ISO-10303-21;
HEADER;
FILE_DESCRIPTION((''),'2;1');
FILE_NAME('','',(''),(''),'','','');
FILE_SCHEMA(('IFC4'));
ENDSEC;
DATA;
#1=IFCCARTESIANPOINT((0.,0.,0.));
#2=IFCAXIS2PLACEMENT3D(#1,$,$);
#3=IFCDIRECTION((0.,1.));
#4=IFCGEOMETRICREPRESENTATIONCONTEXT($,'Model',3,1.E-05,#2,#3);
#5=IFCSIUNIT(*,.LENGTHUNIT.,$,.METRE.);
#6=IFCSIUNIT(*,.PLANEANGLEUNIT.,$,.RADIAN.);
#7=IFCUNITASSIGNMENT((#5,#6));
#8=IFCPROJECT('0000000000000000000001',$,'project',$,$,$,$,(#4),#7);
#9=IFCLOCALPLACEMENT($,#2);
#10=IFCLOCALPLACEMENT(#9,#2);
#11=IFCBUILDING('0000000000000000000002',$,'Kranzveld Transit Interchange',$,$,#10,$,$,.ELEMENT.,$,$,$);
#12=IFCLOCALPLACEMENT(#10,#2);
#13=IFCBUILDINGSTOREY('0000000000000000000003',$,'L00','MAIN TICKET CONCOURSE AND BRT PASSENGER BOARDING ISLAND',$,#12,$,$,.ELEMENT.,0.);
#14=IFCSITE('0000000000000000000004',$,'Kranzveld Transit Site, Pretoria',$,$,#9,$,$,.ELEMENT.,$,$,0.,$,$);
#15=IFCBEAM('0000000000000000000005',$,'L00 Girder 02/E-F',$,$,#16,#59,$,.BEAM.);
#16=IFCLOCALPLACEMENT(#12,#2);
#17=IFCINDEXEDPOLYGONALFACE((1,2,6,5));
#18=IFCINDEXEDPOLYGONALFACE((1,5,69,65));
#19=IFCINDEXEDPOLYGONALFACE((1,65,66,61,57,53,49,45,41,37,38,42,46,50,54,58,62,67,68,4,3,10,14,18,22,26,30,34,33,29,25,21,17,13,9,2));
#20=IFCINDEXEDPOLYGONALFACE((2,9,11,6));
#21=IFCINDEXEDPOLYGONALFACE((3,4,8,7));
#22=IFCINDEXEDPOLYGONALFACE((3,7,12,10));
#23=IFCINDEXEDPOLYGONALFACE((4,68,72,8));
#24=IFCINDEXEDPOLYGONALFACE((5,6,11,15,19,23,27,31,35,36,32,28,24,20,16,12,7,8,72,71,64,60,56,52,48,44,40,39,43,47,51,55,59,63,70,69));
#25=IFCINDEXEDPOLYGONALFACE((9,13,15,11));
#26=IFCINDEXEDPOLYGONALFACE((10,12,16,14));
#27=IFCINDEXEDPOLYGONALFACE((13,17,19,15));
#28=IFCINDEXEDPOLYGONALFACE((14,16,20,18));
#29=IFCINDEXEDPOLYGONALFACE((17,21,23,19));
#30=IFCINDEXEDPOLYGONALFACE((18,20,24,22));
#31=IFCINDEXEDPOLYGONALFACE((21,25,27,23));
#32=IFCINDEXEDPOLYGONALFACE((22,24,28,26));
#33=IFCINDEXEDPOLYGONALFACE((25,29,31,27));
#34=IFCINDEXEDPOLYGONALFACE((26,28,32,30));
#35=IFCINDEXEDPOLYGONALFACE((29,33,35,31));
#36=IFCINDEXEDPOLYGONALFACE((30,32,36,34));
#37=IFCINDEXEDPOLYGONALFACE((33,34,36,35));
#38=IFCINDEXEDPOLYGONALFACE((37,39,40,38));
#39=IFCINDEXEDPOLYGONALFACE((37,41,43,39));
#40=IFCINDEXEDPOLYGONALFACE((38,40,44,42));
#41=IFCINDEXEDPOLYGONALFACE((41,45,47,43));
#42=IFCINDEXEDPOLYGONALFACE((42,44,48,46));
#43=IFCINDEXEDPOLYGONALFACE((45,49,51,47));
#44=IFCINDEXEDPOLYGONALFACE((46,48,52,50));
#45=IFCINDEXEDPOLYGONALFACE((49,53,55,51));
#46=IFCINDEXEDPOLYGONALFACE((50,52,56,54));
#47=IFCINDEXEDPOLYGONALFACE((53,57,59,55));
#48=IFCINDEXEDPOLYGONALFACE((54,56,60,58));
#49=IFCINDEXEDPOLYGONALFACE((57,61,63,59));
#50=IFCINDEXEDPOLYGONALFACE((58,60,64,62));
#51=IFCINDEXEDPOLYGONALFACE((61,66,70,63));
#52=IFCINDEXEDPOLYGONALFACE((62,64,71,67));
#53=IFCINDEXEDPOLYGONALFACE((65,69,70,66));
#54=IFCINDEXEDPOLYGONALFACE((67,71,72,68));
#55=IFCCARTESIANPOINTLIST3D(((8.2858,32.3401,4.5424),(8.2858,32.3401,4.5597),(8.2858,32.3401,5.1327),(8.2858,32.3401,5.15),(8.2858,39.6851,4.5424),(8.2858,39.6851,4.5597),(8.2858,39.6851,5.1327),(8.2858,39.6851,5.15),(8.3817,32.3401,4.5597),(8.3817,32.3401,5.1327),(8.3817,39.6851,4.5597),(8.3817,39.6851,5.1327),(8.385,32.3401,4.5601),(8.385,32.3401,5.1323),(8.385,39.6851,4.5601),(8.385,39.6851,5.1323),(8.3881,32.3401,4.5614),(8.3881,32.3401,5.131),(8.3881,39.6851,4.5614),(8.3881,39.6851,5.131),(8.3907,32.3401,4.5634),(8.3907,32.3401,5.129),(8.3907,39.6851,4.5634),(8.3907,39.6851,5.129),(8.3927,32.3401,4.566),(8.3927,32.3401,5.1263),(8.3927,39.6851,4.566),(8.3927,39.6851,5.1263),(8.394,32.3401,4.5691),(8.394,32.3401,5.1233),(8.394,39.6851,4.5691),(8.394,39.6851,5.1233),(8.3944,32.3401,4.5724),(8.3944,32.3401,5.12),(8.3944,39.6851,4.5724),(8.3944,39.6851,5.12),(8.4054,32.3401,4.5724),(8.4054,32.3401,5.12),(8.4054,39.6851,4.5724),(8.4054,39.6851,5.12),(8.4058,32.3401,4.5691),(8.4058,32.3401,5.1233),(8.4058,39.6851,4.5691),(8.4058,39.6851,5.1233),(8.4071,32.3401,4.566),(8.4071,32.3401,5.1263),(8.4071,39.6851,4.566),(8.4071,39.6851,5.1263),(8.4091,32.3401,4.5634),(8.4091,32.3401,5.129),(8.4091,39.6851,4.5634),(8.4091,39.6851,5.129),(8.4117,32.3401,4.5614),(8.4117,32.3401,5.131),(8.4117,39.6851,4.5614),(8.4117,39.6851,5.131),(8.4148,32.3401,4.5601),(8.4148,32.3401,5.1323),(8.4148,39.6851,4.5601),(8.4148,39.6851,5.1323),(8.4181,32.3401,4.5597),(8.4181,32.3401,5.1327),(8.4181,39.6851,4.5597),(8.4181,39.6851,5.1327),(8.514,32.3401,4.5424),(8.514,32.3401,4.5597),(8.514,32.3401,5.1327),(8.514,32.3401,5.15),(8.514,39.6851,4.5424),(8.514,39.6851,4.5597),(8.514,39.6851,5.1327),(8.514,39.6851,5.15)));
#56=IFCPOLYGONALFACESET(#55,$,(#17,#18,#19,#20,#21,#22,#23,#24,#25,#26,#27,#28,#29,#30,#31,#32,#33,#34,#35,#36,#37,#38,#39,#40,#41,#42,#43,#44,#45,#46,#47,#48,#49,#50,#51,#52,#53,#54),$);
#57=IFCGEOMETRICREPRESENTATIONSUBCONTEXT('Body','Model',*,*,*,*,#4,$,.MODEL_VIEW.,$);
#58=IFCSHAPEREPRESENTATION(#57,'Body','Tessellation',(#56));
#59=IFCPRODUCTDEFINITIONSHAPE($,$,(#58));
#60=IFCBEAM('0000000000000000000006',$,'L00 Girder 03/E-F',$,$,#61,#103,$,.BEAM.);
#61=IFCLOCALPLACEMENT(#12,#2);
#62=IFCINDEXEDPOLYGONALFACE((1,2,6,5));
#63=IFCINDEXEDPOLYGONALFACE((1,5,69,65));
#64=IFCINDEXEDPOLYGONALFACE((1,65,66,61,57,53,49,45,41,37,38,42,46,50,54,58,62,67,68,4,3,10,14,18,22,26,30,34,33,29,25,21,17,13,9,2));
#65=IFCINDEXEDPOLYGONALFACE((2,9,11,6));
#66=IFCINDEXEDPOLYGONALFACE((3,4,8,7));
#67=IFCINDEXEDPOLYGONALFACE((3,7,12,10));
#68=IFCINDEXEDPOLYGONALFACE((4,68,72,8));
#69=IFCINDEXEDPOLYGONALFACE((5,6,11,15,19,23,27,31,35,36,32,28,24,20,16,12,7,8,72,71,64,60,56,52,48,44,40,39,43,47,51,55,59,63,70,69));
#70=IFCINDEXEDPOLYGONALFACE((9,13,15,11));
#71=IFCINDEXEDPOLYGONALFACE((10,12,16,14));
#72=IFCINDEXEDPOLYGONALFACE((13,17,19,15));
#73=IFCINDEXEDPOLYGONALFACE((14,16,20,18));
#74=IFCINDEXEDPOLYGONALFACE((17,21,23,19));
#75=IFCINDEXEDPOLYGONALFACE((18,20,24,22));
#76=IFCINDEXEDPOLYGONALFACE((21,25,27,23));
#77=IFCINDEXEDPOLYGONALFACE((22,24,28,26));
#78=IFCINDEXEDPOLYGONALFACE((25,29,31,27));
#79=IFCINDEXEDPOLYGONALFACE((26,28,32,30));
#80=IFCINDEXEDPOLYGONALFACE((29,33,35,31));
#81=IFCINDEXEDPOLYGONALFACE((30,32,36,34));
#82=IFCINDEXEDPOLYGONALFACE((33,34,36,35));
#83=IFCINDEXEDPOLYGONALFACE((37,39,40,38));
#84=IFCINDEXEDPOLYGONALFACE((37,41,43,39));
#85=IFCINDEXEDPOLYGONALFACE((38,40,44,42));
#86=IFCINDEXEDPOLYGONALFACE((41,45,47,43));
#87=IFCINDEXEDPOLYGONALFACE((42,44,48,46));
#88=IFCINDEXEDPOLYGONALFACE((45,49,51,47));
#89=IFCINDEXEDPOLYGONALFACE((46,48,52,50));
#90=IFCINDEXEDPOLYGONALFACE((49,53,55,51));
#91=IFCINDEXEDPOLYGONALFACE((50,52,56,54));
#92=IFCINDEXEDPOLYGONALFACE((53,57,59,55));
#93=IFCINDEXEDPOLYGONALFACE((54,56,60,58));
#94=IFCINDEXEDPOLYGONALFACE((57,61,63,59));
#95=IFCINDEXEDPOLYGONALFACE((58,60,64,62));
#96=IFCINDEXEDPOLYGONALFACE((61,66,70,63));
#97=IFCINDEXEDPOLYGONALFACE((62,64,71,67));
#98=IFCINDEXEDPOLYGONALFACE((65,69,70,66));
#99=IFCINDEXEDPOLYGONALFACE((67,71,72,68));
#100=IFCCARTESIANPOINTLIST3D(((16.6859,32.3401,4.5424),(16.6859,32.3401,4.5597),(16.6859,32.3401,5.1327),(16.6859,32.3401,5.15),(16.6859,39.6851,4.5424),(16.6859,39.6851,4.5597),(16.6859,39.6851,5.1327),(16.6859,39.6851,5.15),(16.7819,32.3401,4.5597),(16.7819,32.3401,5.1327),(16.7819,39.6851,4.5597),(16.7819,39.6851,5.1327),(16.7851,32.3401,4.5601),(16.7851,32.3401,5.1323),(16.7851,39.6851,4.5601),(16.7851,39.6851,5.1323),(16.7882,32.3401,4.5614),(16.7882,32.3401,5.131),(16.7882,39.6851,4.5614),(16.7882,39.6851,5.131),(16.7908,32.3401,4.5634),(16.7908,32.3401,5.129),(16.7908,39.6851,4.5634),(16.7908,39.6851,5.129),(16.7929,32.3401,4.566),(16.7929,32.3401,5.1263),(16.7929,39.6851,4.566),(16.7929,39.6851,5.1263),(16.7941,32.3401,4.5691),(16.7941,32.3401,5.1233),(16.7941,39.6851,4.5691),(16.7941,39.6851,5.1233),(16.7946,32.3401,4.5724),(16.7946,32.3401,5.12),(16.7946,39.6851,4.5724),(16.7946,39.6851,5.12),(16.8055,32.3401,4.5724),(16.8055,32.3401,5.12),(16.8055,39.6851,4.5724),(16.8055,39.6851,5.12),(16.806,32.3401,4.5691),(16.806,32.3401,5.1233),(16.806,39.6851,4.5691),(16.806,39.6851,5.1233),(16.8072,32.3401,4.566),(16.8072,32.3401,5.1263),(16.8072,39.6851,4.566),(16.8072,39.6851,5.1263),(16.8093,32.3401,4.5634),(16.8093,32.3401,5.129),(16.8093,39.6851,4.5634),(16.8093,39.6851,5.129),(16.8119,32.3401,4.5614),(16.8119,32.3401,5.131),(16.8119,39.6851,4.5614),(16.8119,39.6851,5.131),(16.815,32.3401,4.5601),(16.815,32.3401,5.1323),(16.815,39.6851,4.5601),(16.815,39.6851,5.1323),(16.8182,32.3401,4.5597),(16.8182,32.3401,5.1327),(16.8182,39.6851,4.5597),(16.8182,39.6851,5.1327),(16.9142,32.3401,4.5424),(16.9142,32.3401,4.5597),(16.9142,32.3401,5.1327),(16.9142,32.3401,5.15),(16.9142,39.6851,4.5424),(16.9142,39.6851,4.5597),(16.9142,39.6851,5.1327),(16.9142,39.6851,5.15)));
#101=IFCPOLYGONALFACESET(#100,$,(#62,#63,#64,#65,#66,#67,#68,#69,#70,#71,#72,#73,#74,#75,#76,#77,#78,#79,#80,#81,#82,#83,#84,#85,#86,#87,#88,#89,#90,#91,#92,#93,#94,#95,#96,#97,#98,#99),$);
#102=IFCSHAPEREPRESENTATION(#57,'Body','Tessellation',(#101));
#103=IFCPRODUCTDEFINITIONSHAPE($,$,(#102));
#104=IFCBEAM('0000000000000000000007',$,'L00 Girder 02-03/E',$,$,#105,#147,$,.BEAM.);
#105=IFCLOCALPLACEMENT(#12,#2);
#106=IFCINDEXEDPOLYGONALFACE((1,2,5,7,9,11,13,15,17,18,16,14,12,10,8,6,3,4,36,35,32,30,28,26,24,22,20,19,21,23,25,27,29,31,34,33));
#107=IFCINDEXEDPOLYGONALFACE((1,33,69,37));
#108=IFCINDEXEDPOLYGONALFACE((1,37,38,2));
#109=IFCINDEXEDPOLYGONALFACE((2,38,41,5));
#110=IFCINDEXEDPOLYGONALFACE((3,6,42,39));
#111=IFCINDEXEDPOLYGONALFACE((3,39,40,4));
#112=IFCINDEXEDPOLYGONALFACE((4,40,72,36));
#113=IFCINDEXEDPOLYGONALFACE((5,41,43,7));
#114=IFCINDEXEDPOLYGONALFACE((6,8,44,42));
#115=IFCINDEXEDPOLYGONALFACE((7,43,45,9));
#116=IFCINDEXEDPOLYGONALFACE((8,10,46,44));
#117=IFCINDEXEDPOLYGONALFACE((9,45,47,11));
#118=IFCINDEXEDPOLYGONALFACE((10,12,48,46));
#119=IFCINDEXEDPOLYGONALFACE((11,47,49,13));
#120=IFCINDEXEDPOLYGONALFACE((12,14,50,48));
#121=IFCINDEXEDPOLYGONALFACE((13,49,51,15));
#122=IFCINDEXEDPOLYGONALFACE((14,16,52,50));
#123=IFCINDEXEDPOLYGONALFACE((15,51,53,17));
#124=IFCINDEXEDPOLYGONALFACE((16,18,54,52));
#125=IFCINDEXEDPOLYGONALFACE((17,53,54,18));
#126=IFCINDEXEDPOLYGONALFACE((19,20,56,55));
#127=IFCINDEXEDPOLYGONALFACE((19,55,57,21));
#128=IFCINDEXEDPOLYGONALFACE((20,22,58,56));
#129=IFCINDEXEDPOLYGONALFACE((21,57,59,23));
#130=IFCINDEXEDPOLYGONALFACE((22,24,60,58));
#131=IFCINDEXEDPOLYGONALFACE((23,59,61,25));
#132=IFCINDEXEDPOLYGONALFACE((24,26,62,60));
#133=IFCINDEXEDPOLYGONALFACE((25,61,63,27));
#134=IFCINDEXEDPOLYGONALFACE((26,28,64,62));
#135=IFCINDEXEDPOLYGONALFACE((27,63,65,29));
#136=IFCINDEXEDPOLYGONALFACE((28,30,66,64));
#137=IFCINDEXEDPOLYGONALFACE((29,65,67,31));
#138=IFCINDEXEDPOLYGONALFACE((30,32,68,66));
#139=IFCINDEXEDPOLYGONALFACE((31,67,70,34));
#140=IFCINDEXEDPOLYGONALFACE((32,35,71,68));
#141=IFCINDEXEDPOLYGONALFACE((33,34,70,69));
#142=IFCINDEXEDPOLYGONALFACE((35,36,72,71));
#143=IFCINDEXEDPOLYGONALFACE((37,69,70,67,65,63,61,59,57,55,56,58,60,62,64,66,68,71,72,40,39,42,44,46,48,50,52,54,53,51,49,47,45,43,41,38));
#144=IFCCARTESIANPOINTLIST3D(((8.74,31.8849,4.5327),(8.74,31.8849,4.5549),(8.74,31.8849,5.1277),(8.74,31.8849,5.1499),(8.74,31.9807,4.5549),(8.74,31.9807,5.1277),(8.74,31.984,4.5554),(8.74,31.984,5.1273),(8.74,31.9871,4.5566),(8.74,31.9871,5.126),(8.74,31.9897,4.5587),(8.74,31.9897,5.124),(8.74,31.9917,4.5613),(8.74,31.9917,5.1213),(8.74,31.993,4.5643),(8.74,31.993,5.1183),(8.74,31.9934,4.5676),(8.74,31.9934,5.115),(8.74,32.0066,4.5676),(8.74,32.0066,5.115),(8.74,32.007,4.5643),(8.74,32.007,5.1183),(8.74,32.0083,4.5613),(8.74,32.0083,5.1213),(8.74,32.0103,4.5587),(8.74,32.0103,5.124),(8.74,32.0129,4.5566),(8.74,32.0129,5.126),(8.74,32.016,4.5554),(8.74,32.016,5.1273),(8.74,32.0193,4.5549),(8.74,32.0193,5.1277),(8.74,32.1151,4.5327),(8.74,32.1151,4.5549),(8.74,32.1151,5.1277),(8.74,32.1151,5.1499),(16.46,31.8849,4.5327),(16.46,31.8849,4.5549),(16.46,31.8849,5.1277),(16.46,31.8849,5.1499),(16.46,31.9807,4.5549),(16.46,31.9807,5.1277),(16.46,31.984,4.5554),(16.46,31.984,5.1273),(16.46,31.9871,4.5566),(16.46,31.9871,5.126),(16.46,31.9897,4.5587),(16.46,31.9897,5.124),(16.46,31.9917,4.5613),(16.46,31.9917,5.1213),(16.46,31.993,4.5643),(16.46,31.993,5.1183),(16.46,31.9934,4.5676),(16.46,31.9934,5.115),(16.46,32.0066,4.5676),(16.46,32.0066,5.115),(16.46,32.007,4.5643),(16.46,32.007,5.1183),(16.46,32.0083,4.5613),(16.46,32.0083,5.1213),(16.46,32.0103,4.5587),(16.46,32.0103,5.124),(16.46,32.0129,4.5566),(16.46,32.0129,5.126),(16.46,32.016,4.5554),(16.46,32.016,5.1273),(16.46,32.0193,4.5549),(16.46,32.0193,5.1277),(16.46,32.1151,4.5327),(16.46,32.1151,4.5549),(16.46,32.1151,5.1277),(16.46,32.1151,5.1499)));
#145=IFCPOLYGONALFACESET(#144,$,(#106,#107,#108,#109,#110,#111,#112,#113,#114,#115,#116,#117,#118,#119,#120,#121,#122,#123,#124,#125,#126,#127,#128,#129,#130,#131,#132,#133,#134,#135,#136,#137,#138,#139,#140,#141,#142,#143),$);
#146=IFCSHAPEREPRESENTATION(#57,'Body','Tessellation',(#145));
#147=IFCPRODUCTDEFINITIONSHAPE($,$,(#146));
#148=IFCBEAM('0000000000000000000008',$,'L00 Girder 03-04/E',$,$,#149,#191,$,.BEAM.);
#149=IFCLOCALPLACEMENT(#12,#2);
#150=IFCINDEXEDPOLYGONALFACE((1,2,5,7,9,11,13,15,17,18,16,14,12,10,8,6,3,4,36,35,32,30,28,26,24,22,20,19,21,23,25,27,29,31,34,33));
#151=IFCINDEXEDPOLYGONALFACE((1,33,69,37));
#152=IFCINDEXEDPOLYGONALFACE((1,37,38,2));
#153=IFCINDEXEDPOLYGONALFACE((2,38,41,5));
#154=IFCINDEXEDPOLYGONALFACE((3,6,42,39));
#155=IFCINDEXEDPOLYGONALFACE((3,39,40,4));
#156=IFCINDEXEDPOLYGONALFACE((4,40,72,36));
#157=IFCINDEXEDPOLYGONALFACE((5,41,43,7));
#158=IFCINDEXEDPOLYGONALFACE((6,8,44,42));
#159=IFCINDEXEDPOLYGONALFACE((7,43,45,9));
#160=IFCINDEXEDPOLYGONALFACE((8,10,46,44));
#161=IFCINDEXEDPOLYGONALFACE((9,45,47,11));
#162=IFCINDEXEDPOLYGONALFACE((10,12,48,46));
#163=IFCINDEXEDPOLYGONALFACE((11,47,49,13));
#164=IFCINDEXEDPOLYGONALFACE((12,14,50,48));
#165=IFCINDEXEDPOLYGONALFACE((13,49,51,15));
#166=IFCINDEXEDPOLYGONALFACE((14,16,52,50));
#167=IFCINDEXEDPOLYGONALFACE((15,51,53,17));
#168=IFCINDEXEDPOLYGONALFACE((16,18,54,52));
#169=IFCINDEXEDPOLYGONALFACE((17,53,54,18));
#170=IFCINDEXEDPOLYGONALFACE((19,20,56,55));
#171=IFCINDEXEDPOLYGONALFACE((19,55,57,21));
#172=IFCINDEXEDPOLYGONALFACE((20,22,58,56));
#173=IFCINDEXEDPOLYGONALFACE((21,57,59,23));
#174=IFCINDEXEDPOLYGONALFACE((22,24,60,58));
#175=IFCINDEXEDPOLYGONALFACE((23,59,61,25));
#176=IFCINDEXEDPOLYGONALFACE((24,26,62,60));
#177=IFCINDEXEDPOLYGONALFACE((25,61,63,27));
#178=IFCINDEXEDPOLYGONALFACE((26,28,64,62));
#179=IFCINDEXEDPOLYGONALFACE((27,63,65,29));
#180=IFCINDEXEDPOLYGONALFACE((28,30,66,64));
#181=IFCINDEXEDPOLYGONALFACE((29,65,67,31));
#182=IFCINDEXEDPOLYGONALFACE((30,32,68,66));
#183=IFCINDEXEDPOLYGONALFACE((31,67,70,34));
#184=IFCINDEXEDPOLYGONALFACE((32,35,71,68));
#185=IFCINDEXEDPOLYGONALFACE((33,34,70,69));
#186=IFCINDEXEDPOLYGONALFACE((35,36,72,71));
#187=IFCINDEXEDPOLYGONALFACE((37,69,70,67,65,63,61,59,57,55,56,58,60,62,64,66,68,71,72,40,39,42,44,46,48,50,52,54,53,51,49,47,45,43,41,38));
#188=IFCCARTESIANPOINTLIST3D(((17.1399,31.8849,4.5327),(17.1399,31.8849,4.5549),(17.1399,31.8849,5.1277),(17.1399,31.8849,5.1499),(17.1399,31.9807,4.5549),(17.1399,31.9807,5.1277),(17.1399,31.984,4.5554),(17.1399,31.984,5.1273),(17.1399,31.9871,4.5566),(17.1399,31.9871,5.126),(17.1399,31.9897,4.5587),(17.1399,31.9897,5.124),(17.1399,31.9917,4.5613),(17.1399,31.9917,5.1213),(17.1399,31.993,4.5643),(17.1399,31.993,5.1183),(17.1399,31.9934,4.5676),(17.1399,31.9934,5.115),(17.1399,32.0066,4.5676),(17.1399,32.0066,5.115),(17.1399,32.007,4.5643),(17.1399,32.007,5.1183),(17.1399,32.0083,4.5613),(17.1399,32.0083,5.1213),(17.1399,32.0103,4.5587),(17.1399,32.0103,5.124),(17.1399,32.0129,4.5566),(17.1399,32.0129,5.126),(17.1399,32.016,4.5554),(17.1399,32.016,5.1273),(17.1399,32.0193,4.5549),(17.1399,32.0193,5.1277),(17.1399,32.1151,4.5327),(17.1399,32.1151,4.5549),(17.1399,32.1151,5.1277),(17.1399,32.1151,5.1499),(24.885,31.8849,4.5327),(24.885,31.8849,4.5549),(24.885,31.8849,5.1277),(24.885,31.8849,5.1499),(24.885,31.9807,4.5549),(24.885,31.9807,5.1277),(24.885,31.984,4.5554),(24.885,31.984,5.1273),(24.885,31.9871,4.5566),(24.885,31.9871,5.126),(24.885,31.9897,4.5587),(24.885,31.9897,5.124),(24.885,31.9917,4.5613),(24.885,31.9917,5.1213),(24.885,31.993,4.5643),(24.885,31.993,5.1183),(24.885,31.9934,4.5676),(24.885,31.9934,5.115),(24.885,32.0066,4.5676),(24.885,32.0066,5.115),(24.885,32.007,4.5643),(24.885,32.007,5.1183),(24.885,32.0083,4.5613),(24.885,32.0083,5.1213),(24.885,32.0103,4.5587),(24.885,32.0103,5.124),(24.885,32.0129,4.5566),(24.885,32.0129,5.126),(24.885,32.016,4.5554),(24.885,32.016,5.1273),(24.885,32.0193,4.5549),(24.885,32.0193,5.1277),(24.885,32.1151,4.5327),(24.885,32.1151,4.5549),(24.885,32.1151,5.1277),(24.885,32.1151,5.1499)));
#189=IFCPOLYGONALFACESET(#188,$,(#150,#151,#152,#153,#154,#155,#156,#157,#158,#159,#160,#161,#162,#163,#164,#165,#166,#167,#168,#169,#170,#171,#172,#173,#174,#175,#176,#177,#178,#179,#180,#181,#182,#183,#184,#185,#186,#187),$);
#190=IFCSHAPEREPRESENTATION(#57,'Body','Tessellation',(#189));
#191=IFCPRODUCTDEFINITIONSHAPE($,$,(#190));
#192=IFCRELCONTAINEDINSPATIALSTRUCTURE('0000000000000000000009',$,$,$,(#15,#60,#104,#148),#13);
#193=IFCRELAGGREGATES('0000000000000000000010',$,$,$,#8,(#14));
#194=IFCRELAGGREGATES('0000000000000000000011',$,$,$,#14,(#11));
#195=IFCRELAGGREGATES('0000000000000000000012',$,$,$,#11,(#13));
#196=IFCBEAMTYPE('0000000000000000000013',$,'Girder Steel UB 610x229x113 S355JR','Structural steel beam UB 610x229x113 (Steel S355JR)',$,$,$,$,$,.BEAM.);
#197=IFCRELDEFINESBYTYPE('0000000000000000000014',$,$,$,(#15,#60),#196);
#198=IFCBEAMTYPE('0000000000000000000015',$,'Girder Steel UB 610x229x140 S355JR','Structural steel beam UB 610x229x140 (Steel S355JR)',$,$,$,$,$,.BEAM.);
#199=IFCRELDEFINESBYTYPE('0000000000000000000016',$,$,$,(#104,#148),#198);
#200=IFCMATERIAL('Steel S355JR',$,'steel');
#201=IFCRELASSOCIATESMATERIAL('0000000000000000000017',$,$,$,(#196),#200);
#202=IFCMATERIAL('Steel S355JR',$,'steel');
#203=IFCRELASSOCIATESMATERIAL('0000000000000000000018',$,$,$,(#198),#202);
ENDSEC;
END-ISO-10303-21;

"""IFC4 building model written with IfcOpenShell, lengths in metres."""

from ifc_helpers import new_model, si_unit, direction, frame, origin, origin_2d, place, context, subcontext, project, spatial, i_section, extrude, material, material_profile, profile_set, type_object, element, save


model = new_model("IFC4")

# Units and contexts
model_context = context("Model", 3, precision=1e-05, world=origin(), true_north=direction((0.0, 1.0)))
body_context = subcontext(model_context, "Body", "Model", "MODEL_VIEW")
ifc_project = project(units=[si_unit("LENGTHUNIT", "METRE"), si_unit("PLANEANGLEUNIT", "RADIAN")], contexts=[model_context])

# Site, building, storey
site_placement = place(None, origin())
site = spatial("IfcSite", under=ifc_project, at=site_placement, Name="Kranzveld Transit Site, Pretoria", CompositionType="ELEMENT", RefElevation=0.0)
building_placement = place(site_placement, origin())
building = spatial("IfcBuilding", under=site, at=building_placement, Name="Kranzveld Transit Interchange", CompositionType="ELEMENT")
storey_placement = place(building_placement, origin())
storey = spatial("IfcBuildingStorey", under=building, at=storey_placement, Name="L00", Description="MAIN TICKET CONCOURSE AND BRT PASSENGER BOARDING ISLAND", CompositionType="ELEMENT", Elevation=0.0)

# Beams
ifc_material_1 = material(Name="Steel S355JR", Category="steel")
ifc_material_profile_1 = material_profile(ifc_material_1, i_section(OverallWidth=0.2283, OverallDepth=0.6077, WebThickness=0.011, FlangeThickness=0.0173, FilletRadius=0.0127, at=origin_2d()), Name="UB 610x229x113")
ifc_profile_set_1 = profile_set([ifc_material_profile_1], Name="Steel S355JR")
beam_type_1 = type_object("IfcBeamType", Name="Girder Steel UB 610x229x113 S355JR", Description="Structural steel beam UB 610x229x113 (Steel S355JR)", PredefinedType="BEAM", material=ifc_profile_set_1)
for number, where, z_axis, x_axis, name in (
    (1, (8.3999, 32.3401, 4.8462), (0.0, 1.0, 0.0), (-1.0, 0.0, 0.0), "L00 Girder 02/E-F"),
    (2, (16.8, 32.3401, 4.8462), (0.0, 1.0, 0.0), (-1.0, 0.0, 0.0), "L00 Girder 03/E-F"),
):
    element("IfcBeam", number, at=place(storey_placement, frame(where, z_axis=z_axis, x_axis=x_axis)), inside=storey, type_object=beam_type_1, Name=name, PredefinedType="BEAM", context=body_context, shape_type="SweptSolid", body=[
        extrude(i_section(OverallWidth=0.2283, OverallDepth=0.6077, WebThickness=0.011, FlangeThickness=0.0173, FilletRadius=0.0127, at=origin_2d()), origin(), (0.0, 0.0, 1.0), 7.345),
    ])
ifc_material_2 = material(Name="Steel S355JR", Category="steel")
ifc_material_profile_2 = material_profile(ifc_material_2, i_section(OverallWidth=0.2302, OverallDepth=0.6172, WebThickness=0.0132, FlangeThickness=0.0222, FilletRadius=0.0127, at=origin_2d()), Name="UB 610x229x140")
ifc_profile_set_2 = profile_set([ifc_material_profile_2], Name="Steel S355JR")
beam_type_2 = type_object("IfcBeamType", Name="Girder Steel UB 610x229x140 S355JR", Description="Structural steel beam UB 610x229x140 (Steel S355JR)", PredefinedType="BEAM", material=ifc_profile_set_2)
beam_1_placement = place(storey_placement, frame((8.74, 32.0, 4.8413), z_axis=(1.0, 0.0, 0.0), x_axis=(0.0, 1.0, 0.0)))
element("IfcBeam", 3, at=beam_1_placement, inside=storey, type_object=beam_type_2, Name="L00 Girder 02-03/E", PredefinedType="BEAM", context=body_context, shape_type="SweptSolid", body=[
    extrude(i_section(OverallWidth=0.2302, OverallDepth=0.6172, WebThickness=0.0132, FlangeThickness=0.0222, FilletRadius=0.0127, at=origin_2d()), origin(), (0.0, 0.0, 1.0), 7.72),
])
beam_2_placement = place(storey_placement, frame((17.1399, 32.0, 4.8413), z_axis=(1.0, 0.0, 0.0), x_axis=(0.0, 1.0, 0.0)))
element("IfcBeam", 4, at=beam_2_placement, inside=storey, type_object=beam_type_2, Name="L00 Girder 03-04/E", PredefinedType="BEAM", context=body_context, shape_type="SweptSolid", body=[
    extrude(i_section(OverallWidth=0.2302, OverallDepth=0.6172, WebThickness=0.0132, FlangeThickness=0.0222, FilletRadius=0.0127, at=origin_2d()), origin(), (0.0, 0.0, 1.0), 7.7451),
])

save(model, "model.ifc")
